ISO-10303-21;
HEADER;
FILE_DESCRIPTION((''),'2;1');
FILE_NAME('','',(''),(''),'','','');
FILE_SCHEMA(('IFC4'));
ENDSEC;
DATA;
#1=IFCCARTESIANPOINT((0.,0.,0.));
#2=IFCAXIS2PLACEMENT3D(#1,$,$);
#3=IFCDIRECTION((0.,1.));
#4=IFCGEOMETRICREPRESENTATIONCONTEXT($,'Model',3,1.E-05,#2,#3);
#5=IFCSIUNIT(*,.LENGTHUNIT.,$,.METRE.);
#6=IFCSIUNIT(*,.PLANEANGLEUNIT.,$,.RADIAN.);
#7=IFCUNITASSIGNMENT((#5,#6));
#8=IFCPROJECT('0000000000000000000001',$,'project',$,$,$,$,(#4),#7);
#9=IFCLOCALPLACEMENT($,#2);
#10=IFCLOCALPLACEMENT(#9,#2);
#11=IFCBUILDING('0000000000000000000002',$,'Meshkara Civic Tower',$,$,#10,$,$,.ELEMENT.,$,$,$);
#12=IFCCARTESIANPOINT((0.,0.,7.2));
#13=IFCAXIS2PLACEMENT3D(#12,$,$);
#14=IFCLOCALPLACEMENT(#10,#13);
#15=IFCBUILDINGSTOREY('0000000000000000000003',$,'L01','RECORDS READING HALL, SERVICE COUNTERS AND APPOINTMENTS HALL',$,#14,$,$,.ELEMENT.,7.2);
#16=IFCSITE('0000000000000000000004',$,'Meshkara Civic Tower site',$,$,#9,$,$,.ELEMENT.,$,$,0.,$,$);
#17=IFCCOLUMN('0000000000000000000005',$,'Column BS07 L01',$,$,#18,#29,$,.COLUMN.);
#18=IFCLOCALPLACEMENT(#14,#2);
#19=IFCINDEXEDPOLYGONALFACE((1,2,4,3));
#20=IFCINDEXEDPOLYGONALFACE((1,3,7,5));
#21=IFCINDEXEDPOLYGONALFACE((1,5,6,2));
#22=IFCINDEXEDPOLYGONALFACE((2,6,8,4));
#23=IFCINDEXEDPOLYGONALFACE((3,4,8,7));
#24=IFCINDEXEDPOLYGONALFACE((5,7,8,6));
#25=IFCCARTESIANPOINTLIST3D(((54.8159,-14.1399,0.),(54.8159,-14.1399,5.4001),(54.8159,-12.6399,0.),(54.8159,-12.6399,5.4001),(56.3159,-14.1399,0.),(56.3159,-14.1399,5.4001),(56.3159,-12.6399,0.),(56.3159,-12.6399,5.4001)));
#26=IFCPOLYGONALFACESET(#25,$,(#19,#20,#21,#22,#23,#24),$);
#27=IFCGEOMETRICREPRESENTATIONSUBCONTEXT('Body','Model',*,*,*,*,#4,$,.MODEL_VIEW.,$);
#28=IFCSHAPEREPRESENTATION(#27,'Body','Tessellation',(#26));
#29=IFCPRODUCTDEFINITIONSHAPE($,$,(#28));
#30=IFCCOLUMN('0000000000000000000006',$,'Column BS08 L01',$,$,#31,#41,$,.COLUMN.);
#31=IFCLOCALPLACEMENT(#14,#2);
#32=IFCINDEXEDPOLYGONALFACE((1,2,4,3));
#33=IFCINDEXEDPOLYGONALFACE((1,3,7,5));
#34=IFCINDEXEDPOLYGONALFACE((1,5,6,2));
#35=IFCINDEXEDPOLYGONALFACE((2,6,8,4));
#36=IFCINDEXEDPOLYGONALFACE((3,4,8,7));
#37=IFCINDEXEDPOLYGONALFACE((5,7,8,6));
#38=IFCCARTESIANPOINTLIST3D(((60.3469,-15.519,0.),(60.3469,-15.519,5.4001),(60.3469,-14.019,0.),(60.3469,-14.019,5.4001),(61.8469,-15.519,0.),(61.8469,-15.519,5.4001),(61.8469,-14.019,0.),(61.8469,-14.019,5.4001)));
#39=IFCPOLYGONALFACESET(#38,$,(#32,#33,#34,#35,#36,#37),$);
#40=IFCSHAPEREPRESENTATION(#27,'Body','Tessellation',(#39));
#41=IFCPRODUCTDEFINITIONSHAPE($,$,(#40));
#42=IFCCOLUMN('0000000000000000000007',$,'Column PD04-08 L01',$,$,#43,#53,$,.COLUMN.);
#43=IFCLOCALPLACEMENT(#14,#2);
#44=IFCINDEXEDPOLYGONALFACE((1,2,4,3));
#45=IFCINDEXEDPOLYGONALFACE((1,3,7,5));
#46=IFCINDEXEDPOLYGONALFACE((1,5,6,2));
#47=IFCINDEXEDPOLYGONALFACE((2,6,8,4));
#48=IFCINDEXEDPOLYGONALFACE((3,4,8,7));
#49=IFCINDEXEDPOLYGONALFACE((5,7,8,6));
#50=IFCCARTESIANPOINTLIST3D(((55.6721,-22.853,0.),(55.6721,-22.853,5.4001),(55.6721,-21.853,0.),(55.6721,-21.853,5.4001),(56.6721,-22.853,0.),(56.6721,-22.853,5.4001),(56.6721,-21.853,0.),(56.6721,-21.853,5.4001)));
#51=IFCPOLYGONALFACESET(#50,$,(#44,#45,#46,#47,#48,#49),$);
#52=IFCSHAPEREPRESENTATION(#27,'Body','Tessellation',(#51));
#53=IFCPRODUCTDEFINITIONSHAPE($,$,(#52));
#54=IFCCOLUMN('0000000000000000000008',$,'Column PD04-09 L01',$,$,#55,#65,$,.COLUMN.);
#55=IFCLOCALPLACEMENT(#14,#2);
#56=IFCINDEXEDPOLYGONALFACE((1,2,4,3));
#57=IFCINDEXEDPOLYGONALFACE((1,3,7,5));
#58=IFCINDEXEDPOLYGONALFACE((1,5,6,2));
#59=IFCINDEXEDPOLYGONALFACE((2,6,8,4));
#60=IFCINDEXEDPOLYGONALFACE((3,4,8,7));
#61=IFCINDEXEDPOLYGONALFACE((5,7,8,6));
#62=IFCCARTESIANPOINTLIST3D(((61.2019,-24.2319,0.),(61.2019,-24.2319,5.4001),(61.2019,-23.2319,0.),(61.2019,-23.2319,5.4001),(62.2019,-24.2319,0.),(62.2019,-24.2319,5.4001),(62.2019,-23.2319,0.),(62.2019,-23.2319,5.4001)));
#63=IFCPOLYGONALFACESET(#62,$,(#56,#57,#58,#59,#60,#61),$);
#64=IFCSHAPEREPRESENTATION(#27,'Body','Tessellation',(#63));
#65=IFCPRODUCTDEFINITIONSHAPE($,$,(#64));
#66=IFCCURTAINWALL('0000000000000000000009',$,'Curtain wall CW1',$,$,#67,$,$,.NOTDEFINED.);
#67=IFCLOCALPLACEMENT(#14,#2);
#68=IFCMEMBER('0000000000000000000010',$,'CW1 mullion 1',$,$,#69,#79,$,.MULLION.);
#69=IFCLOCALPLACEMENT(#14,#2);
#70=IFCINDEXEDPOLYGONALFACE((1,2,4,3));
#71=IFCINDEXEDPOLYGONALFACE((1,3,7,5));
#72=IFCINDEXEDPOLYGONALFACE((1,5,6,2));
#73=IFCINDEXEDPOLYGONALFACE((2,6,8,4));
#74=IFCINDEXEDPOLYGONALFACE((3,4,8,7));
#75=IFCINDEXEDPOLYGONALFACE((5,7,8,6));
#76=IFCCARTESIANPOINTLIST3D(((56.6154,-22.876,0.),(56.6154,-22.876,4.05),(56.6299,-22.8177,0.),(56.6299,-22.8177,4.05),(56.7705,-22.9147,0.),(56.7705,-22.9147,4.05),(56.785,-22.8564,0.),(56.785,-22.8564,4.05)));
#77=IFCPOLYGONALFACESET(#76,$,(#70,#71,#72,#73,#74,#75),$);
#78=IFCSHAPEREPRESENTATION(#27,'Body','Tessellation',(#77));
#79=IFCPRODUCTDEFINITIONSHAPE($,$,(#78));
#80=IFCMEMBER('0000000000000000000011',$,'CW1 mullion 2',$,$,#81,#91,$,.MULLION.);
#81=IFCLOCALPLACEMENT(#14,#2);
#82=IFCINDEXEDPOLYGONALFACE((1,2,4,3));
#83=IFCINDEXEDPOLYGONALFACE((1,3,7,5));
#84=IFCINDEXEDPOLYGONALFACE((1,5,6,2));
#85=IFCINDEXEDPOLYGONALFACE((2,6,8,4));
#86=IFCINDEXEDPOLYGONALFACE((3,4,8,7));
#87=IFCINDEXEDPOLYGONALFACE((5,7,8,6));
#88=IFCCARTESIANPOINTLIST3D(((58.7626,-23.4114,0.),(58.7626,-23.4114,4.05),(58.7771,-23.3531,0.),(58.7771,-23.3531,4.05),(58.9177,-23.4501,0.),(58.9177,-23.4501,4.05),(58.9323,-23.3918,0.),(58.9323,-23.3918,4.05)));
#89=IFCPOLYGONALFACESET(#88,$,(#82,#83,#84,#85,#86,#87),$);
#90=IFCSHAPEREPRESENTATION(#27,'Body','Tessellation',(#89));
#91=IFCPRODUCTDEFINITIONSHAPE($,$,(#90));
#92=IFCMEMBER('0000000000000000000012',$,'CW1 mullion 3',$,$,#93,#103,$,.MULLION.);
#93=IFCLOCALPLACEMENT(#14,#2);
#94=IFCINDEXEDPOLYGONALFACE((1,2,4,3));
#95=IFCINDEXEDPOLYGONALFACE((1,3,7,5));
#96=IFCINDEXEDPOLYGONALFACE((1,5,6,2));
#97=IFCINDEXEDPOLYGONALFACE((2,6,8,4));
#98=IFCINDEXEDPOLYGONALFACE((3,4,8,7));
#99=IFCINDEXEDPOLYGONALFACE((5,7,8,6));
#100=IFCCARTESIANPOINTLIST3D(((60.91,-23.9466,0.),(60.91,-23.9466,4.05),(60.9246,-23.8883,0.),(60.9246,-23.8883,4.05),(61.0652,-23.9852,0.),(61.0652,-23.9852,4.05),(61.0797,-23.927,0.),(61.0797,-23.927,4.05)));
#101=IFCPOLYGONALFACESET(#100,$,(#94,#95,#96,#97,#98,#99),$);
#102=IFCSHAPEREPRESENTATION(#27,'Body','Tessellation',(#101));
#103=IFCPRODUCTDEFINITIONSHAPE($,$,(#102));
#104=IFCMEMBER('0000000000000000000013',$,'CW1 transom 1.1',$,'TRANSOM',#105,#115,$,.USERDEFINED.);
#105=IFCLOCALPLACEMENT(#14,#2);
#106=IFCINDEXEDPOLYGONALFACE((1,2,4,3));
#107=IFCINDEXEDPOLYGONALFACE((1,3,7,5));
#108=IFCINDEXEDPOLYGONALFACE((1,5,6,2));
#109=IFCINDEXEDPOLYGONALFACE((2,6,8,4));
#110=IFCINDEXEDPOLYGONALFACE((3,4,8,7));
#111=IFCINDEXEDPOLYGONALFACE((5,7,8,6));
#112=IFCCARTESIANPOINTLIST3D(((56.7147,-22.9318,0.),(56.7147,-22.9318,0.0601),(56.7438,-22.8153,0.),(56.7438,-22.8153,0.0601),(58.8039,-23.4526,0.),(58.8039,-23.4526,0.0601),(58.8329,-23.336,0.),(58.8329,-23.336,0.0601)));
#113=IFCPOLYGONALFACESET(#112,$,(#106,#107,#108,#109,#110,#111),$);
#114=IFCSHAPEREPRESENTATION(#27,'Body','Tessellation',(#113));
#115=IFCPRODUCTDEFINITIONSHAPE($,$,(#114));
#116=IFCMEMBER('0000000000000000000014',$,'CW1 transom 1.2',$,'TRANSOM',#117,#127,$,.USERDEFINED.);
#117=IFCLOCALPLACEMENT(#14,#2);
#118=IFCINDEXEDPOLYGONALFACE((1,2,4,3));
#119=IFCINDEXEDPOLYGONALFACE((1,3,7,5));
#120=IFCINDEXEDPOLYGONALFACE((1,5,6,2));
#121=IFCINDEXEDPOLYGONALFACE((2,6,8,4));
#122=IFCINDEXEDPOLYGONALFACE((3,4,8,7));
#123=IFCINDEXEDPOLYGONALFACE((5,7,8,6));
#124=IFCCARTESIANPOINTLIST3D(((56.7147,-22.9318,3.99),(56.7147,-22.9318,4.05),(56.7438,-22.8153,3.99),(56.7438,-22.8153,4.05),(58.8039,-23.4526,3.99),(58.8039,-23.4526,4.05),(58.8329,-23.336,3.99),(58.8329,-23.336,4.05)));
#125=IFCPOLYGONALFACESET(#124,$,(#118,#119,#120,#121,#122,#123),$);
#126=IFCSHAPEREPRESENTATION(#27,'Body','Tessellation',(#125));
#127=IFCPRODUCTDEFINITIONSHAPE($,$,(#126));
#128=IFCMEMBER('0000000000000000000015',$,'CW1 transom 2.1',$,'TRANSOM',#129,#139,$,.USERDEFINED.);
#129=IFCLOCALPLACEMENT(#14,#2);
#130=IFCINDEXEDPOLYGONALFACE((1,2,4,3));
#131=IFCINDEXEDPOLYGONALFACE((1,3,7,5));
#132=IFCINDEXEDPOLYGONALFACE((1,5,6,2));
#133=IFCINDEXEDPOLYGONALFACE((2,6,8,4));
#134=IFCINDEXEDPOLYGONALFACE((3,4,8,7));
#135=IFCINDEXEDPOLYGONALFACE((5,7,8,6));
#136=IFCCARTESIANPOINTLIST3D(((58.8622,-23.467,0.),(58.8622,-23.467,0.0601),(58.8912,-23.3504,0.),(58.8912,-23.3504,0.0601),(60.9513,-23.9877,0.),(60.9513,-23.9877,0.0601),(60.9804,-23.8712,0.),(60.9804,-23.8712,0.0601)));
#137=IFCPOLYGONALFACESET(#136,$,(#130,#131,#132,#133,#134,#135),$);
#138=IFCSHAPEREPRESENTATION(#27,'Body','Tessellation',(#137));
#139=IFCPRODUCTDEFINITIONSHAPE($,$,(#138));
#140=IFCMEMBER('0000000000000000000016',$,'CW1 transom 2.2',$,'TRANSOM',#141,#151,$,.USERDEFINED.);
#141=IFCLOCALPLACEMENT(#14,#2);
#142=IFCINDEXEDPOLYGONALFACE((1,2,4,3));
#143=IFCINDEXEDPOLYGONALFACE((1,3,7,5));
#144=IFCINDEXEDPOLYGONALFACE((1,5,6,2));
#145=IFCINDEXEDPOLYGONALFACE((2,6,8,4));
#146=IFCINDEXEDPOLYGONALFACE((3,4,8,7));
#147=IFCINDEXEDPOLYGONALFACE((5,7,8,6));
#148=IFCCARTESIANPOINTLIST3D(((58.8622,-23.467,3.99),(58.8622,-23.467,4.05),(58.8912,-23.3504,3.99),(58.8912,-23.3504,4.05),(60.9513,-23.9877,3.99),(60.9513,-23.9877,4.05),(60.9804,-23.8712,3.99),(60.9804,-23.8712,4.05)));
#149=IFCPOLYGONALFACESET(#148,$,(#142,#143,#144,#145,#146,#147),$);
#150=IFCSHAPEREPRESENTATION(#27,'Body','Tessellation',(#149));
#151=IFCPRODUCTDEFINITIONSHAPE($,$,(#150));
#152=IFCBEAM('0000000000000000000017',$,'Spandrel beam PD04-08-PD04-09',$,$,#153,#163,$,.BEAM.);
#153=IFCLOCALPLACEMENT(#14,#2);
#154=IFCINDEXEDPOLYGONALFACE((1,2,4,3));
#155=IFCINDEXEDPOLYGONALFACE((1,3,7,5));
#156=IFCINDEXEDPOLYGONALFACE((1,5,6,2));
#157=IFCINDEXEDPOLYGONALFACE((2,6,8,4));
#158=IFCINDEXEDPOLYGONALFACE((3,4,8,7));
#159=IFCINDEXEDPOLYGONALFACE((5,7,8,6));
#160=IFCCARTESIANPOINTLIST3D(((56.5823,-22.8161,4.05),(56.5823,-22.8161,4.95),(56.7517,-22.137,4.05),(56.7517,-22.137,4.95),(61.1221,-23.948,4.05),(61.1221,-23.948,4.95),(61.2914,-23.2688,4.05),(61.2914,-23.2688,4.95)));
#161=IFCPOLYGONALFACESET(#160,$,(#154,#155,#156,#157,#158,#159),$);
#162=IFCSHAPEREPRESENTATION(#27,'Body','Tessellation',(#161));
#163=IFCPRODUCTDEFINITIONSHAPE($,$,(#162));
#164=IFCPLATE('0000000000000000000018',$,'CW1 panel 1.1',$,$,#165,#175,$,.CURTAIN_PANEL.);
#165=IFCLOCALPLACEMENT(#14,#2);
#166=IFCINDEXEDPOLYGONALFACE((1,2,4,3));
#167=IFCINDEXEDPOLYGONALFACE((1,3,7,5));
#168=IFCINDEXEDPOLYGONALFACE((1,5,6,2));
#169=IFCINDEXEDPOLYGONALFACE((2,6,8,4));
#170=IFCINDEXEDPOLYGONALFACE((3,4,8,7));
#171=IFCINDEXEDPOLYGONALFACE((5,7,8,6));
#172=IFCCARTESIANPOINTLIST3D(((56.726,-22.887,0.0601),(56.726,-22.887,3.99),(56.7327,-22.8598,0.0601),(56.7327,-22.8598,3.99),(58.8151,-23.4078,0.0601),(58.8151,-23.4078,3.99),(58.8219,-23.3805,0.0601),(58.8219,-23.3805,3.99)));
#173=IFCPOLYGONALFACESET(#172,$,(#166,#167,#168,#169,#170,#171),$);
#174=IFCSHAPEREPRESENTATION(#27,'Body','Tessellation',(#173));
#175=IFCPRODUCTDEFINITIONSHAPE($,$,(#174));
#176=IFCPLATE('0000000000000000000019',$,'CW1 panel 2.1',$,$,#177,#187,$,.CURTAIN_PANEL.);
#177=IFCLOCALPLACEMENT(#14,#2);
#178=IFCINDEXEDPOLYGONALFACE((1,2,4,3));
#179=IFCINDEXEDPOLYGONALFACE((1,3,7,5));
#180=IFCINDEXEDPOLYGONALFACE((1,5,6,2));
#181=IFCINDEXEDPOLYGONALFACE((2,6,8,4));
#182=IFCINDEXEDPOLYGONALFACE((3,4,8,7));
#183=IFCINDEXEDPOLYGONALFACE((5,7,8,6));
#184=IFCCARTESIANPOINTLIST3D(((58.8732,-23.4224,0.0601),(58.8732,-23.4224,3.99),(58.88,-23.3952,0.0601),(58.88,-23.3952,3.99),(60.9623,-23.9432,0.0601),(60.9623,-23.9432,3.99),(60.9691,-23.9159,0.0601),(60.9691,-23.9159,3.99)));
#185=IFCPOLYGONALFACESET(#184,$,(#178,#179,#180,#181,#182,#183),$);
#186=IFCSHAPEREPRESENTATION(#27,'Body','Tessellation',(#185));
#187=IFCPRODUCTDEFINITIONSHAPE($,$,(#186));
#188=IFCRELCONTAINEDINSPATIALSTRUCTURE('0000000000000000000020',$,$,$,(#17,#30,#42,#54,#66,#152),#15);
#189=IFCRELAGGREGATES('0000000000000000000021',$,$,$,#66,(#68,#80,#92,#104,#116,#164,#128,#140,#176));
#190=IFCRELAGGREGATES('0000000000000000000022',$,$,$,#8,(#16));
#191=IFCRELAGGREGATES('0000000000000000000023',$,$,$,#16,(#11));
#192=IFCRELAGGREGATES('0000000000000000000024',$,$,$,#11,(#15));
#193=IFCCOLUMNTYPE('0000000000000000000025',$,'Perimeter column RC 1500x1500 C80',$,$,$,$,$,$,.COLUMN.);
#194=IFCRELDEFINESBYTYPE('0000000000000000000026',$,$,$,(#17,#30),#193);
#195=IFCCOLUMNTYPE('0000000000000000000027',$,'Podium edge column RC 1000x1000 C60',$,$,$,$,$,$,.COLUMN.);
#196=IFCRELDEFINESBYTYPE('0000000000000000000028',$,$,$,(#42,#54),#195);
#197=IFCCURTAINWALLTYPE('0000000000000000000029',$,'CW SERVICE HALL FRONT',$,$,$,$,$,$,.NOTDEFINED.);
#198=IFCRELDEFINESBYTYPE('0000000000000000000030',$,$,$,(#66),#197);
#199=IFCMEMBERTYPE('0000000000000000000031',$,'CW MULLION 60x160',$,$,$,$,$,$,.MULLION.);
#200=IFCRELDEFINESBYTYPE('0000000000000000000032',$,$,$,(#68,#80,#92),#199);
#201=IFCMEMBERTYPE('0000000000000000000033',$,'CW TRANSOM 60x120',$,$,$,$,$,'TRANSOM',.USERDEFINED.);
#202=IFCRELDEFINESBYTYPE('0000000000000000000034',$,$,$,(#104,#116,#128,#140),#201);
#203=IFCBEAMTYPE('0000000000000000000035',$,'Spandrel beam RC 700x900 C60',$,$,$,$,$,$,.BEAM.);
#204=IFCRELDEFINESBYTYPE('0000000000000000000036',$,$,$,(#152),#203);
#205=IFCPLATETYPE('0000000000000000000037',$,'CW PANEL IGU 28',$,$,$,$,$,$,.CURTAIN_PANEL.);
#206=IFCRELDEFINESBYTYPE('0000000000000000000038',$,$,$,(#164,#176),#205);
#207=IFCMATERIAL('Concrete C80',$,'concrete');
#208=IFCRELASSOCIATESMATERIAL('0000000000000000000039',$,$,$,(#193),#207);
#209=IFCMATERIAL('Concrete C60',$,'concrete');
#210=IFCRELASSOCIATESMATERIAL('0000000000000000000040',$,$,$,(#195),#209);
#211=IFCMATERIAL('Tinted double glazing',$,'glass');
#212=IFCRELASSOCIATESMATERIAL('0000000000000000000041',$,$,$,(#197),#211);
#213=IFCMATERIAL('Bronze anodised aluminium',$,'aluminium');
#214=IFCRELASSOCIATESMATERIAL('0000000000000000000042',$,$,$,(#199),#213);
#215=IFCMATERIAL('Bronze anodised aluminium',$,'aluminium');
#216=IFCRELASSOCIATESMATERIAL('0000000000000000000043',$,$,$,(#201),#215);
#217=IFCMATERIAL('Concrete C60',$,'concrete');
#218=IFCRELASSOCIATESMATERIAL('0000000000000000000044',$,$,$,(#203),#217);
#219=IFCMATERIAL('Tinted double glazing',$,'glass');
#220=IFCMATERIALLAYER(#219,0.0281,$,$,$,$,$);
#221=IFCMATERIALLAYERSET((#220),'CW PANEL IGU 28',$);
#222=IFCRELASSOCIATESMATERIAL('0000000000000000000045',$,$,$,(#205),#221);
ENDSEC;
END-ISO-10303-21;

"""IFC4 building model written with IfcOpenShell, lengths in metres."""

from ifc_helpers import new_model, si_unit, direction, frame, origin, origin_2d, place, context, subcontext, project, spatial, rectangle, extrude, material, layer, layer_set, material_profile, profile_set, type_object, element, aggregate, save


model = new_model("IFC4")

# Units and contexts
model_context = context("Model", 3, precision=1e-05, world=origin(), true_north=direction((0.0, 1.0)))
body_context = subcontext(model_context, "Body", "Model", "MODEL_VIEW")
ifc_project = project(units=[si_unit("LENGTHUNIT", "METRE"), si_unit("PLANEANGLEUNIT", "RADIAN")], contexts=[model_context])

# Site, building, storey
site_placement = place(None, origin())
site = spatial("IfcSite", under=ifc_project, at=site_placement, Name="Meshkara Civic Tower site", CompositionType="ELEMENT", RefElevation=0.0)
building_placement = place(site_placement, origin())
building = spatial("IfcBuilding", under=site, at=building_placement, Name="Meshkara Civic Tower", CompositionType="ELEMENT")
storey_placement = place(building_placement, frame((0.0, 0.0, 7.2)))
storey = spatial("IfcBuildingStorey", under=building, at=storey_placement, Name="L01", Description="RECORDS READING HALL, SERVICE COUNTERS AND APPOINTMENTS HALL", CompositionType="ELEMENT", Elevation=7.2)

# Columns
ifc_material_1 = material(Name="Concrete C80", Category="concrete")
ifc_material_profile_1 = material_profile(ifc_material_1, rectangle(XDim=1.5, YDim=1.5, at=origin_2d()))
ifc_profile_set_1 = profile_set([ifc_material_profile_1], Name="Concrete C80")
column_type_1 = type_object("IfcColumnType", Name="Perimeter column RC 1500x1500 C80", PredefinedType="COLUMN", material=ifc_profile_set_1)
for number, where, z_axis, x_axis, name in (
    (1, (55.5659, -13.3899, 0.0), (0.0, 0.0, 1.0), (1.0, 0.0, 0.0), "Column BS07 L01"),
    (2, (61.0969, -14.769, 0.0), (0.0, 0.0, 1.0), (1.0, 0.0, 0.0), "Column BS08 L01"),
):
    element("IfcColumn", number, at=place(storey_placement, frame(where, z_axis=z_axis, x_axis=x_axis)), inside=storey, type_object=column_type_1, Name=name, PredefinedType="COLUMN", context=body_context, shape_type="SweptSolid", body=[
        extrude(rectangle(XDim=1.5, YDim=1.5, at=origin_2d()), origin(), (0.0, 0.0, 1.0), 5.4001),
    ])
ifc_material_2 = material(Name="Concrete C60", Category="concrete")
ifc_material_profile_2 = material_profile(ifc_material_2, rectangle(XDim=1.0, YDim=1.0, at=origin_2d()))
ifc_profile_set_2 = profile_set([ifc_material_profile_2], Name="Concrete C60")
column_type_2 = type_object("IfcColumnType", Name="Podium edge column RC 1000x1000 C60", PredefinedType="COLUMN", material=ifc_profile_set_2)
for number, where, z_axis, x_axis, name in (
    (3, (56.1721, -22.353, 0.0), (0.0, 0.0, 1.0), (1.0, 0.0, 0.0), "Column PD04-08 L01"),
    (4, (61.7019, -23.7319, 0.0), (0.0, 0.0, 1.0), (1.0, 0.0, 0.0), "Column PD04-09 L01"),
):
    element("IfcColumn", number, at=place(storey_placement, frame(where, z_axis=z_axis, x_axis=x_axis)), inside=storey, type_object=column_type_2, Name=name, PredefinedType="COLUMN", context=body_context, shape_type="SweptSolid", body=[
        extrude(rectangle(XDim=1.0, YDim=1.0, at=origin_2d()), origin(), (0.0, 0.0, 1.0), 5.4001),
    ])

# Curtain wall, members
ifc_material_3 = material(Name="Tinted double glazing", Category="glass")
curtain_wall_type = type_object("IfcCurtainWallType", Name="CW SERVICE HALL FRONT", PredefinedType="NOTDEFINED", material=ifc_material_3)
curtain_wall_placement = place(storey_placement, origin())
curtain_wall = element("IfcCurtainWall", 5, at=curtain_wall_placement, inside=storey, type_object=curtain_wall_type, Name="Curtain wall CW1", PredefinedType="NOTDEFINED")
ifc_material_4 = material(Name="Bronze anodised aluminium", Category="aluminium")
ifc_material_profile_3 = material_profile(ifc_material_4, rectangle(XDim=0.0601, YDim=0.1599, at=origin_2d()))
ifc_profile_set_3 = profile_set([ifc_material_profile_3], Name="Bronze anodised aluminium")
member_type_1 = type_object("IfcMemberType", Name="CW MULLION 60x160", PredefinedType="MULLION", material=ifc_profile_set_3)
member_1_placement = place(storey_placement, frame((56.7002, -22.8662, 0.0), z_axis=(0.0, 0.0, 1.0), x_axis=(0.241854, 0.970313, 0.0)))
member_1 = element("IfcMember", 6, at=member_1_placement, type_object=member_type_1, Name="CW1 mullion 1", PredefinedType="MULLION", context=body_context, shape_type="SweptSolid", body=[
    extrude(rectangle(XDim=0.0601, YDim=0.1599, at=origin_2d()), origin(), (0.0, 0.0, 1.0), 4.05),
])
member_2_placement = place(storey_placement, frame((58.8474, -23.4016, 0.0), z_axis=(0.0, 0.0, 1.0), x_axis=(0.241854, 0.970313, 0.0)))
member_2 = element("IfcMember", 7, at=member_2_placement, type_object=member_type_1, Name="CW1 mullion 2", PredefinedType="MULLION", context=body_context, shape_type="SweptSolid", body=[
    extrude(rectangle(XDim=0.0601, YDim=0.1599, at=origin_2d()), origin(), (0.0, 0.0, 1.0), 4.05),
])
member_3_placement = place(storey_placement, frame((60.9949, -23.9368, 0.0), z_axis=(0.0, 0.0, 1.0), x_axis=(0.241854, 0.970313, 0.0)))
member_3 = element("IfcMember", 8, at=member_3_placement, type_object=member_type_1, Name="CW1 mullion 3", PredefinedType="MULLION", context=body_context, shape_type="SweptSolid", body=[
    extrude(rectangle(XDim=0.0601, YDim=0.1599, at=origin_2d()), origin(), (0.0, 0.0, 1.0), 4.05),
])
ifc_material_5 = material(Name="Bronze anodised aluminium", Category="aluminium")
ifc_material_profile_4 = material_profile(ifc_material_5, rectangle(XDim=0.1201, YDim=0.0601, at=origin_2d()))
ifc_profile_set_4 = profile_set([ifc_material_profile_4], Name="Bronze anodised aluminium")
member_type_2 = type_object("IfcMemberType", Name="CW TRANSOM 60x120", ElementType="TRANSOM", PredefinedType="USERDEFINED", material=ifc_profile_set_4)
member_4_placement = place(storey_placement, frame((56.7292, -22.8735, 0.03), z_axis=(0.970309, -0.241869, 0.0), x_axis=(0.241869, 0.970309, 0.0)))
member_4 = element("IfcMember", 9, at=member_4_placement, type_object=member_type_2, Name="CW1 transom 1.1", ObjectType="TRANSOM", PredefinedType="USERDEFINED", context=body_context, shape_type="SweptSolid", body=[
    extrude(rectangle(XDim=0.1201, YDim=0.0601, at=origin_2d()), origin(), (0.0, 0.0, 1.0), 2.1531),
])
member_5_placement = place(storey_placement, frame((56.7292, -22.8735, 4.02), z_axis=(0.970309, -0.241869, 0.0), x_axis=(0.241869, 0.970309, 0.0)))
member_5 = element("IfcMember", 10, at=member_5_placement, type_object=member_type_2, Name="CW1 transom 1.2", ObjectType="TRANSOM", PredefinedType="USERDEFINED", context=body_context, shape_type="SweptSolid", body=[
    extrude(rectangle(XDim=0.1201, YDim=0.0601, at=origin_2d()), origin(), (0.0, 0.0, 1.0), 2.1531),
])
member_6_placement = place(storey_placement, frame((58.8767, -23.4087, 0.03), z_axis=(0.970309, -0.241869, 0.0), x_axis=(0.241869, 0.970309, 0.0)))
member_6 = element("IfcMember", 11, at=member_6_placement, type_object=member_type_2, Name="CW1 transom 2.1", ObjectType="TRANSOM", PredefinedType="USERDEFINED", context=body_context, shape_type="SweptSolid", body=[
    extrude(rectangle(XDim=0.1201, YDim=0.0601, at=origin_2d()), origin(), (0.0, 0.0, 1.0), 2.1531),
])
member_7_placement = place(storey_placement, frame((58.8767, -23.4087, 4.02), z_axis=(0.970309, -0.241869, 0.0), x_axis=(0.241869, 0.970309, 0.0)))
member_7 = element("IfcMember", 12, at=member_7_placement, type_object=member_type_2, Name="CW1 transom 2.2", ObjectType="TRANSOM", PredefinedType="USERDEFINED", context=body_context, shape_type="SweptSolid", body=[
    extrude(rectangle(XDim=0.1201, YDim=0.0601, at=origin_2d()), origin(), (0.0, 0.0, 1.0), 2.1531),
])

# Beam
ifc_material_6 = material(Name="Concrete C60", Category="concrete")
ifc_material_profile_5 = material_profile(ifc_material_6, rectangle(XDim=0.7, YDim=0.8999, at=origin_2d()))
ifc_profile_set_5 = profile_set([ifc_material_profile_5], Name="Concrete C60")
beam_type = type_object("IfcBeamType", Name="Spandrel beam RC 700x900 C60", PredefinedType="BEAM", material=ifc_profile_set_5)
beam_placement = place(storey_placement, frame((56.667, -22.4766, 4.5), z_axis=(0.970299, -0.241909, 0.0), x_axis=(0.241909, 0.970299, 0.0)))
element("IfcBeam", 13, at=beam_placement, inside=storey, type_object=beam_type, Name="Spandrel beam PD04-08-PD04-09", PredefinedType="BEAM", context=body_context, shape_type="SweptSolid", body=[
    extrude(rectangle(XDim=0.7, YDim=0.8999, at=origin_2d()), origin(), (0.0, 0.0, 1.0), 4.6787),
])

# Plates
ifc_material_7 = material(Name="Tinted double glazing", Category="glass")
ifc_layer_1 = layer(ifc_material_7, 0.0281)
ifc_layer_set_1 = layer_set([ifc_layer_1], Name="CW PANEL IGU 28")
plate_type = type_object("IfcPlateType", Name="CW PANEL IGU 28", PredefinedType="CURTAIN_PANEL", material=ifc_layer_set_1)
plate_1_placement = place(storey_placement, frame((57.7739, -23.1338, 0.0601), z_axis=(0.0, 0.0, 1.0), x_axis=(0.970313, -0.241854, 0.0)))
plate_1 = element("IfcPlate", 14, at=plate_1_placement, type_object=plate_type, Name="CW1 panel 1.1", PredefinedType="CURTAIN_PANEL", context=body_context, shape_type="SweptSolid", body=[
    extrude(rectangle(XDim=2.1531, YDim=0.0281, at=origin_2d()), origin(), (0.0, 0.0, 1.0), 3.9299),
])
plate_2_placement = place(storey_placement, frame((59.9211, -23.6692, 0.0601), z_axis=(0.0, 0.0, 1.0), x_axis=(0.970313, -0.241854, 0.0)))
plate_2 = element("IfcPlate", 15, at=plate_2_placement, type_object=plate_type, Name="CW1 panel 2.1", PredefinedType="CURTAIN_PANEL", context=body_context, shape_type="SweptSolid", body=[
    extrude(rectangle(XDim=2.1531, YDim=0.0281, at=origin_2d()), origin(), (0.0, 0.0, 1.0), 3.9299),
])
aggregate(curtain_wall, [member_1, member_2, member_3, member_4, member_5, plate_1, member_6, member_7, plate_2])

save(model, "model.ifc")
